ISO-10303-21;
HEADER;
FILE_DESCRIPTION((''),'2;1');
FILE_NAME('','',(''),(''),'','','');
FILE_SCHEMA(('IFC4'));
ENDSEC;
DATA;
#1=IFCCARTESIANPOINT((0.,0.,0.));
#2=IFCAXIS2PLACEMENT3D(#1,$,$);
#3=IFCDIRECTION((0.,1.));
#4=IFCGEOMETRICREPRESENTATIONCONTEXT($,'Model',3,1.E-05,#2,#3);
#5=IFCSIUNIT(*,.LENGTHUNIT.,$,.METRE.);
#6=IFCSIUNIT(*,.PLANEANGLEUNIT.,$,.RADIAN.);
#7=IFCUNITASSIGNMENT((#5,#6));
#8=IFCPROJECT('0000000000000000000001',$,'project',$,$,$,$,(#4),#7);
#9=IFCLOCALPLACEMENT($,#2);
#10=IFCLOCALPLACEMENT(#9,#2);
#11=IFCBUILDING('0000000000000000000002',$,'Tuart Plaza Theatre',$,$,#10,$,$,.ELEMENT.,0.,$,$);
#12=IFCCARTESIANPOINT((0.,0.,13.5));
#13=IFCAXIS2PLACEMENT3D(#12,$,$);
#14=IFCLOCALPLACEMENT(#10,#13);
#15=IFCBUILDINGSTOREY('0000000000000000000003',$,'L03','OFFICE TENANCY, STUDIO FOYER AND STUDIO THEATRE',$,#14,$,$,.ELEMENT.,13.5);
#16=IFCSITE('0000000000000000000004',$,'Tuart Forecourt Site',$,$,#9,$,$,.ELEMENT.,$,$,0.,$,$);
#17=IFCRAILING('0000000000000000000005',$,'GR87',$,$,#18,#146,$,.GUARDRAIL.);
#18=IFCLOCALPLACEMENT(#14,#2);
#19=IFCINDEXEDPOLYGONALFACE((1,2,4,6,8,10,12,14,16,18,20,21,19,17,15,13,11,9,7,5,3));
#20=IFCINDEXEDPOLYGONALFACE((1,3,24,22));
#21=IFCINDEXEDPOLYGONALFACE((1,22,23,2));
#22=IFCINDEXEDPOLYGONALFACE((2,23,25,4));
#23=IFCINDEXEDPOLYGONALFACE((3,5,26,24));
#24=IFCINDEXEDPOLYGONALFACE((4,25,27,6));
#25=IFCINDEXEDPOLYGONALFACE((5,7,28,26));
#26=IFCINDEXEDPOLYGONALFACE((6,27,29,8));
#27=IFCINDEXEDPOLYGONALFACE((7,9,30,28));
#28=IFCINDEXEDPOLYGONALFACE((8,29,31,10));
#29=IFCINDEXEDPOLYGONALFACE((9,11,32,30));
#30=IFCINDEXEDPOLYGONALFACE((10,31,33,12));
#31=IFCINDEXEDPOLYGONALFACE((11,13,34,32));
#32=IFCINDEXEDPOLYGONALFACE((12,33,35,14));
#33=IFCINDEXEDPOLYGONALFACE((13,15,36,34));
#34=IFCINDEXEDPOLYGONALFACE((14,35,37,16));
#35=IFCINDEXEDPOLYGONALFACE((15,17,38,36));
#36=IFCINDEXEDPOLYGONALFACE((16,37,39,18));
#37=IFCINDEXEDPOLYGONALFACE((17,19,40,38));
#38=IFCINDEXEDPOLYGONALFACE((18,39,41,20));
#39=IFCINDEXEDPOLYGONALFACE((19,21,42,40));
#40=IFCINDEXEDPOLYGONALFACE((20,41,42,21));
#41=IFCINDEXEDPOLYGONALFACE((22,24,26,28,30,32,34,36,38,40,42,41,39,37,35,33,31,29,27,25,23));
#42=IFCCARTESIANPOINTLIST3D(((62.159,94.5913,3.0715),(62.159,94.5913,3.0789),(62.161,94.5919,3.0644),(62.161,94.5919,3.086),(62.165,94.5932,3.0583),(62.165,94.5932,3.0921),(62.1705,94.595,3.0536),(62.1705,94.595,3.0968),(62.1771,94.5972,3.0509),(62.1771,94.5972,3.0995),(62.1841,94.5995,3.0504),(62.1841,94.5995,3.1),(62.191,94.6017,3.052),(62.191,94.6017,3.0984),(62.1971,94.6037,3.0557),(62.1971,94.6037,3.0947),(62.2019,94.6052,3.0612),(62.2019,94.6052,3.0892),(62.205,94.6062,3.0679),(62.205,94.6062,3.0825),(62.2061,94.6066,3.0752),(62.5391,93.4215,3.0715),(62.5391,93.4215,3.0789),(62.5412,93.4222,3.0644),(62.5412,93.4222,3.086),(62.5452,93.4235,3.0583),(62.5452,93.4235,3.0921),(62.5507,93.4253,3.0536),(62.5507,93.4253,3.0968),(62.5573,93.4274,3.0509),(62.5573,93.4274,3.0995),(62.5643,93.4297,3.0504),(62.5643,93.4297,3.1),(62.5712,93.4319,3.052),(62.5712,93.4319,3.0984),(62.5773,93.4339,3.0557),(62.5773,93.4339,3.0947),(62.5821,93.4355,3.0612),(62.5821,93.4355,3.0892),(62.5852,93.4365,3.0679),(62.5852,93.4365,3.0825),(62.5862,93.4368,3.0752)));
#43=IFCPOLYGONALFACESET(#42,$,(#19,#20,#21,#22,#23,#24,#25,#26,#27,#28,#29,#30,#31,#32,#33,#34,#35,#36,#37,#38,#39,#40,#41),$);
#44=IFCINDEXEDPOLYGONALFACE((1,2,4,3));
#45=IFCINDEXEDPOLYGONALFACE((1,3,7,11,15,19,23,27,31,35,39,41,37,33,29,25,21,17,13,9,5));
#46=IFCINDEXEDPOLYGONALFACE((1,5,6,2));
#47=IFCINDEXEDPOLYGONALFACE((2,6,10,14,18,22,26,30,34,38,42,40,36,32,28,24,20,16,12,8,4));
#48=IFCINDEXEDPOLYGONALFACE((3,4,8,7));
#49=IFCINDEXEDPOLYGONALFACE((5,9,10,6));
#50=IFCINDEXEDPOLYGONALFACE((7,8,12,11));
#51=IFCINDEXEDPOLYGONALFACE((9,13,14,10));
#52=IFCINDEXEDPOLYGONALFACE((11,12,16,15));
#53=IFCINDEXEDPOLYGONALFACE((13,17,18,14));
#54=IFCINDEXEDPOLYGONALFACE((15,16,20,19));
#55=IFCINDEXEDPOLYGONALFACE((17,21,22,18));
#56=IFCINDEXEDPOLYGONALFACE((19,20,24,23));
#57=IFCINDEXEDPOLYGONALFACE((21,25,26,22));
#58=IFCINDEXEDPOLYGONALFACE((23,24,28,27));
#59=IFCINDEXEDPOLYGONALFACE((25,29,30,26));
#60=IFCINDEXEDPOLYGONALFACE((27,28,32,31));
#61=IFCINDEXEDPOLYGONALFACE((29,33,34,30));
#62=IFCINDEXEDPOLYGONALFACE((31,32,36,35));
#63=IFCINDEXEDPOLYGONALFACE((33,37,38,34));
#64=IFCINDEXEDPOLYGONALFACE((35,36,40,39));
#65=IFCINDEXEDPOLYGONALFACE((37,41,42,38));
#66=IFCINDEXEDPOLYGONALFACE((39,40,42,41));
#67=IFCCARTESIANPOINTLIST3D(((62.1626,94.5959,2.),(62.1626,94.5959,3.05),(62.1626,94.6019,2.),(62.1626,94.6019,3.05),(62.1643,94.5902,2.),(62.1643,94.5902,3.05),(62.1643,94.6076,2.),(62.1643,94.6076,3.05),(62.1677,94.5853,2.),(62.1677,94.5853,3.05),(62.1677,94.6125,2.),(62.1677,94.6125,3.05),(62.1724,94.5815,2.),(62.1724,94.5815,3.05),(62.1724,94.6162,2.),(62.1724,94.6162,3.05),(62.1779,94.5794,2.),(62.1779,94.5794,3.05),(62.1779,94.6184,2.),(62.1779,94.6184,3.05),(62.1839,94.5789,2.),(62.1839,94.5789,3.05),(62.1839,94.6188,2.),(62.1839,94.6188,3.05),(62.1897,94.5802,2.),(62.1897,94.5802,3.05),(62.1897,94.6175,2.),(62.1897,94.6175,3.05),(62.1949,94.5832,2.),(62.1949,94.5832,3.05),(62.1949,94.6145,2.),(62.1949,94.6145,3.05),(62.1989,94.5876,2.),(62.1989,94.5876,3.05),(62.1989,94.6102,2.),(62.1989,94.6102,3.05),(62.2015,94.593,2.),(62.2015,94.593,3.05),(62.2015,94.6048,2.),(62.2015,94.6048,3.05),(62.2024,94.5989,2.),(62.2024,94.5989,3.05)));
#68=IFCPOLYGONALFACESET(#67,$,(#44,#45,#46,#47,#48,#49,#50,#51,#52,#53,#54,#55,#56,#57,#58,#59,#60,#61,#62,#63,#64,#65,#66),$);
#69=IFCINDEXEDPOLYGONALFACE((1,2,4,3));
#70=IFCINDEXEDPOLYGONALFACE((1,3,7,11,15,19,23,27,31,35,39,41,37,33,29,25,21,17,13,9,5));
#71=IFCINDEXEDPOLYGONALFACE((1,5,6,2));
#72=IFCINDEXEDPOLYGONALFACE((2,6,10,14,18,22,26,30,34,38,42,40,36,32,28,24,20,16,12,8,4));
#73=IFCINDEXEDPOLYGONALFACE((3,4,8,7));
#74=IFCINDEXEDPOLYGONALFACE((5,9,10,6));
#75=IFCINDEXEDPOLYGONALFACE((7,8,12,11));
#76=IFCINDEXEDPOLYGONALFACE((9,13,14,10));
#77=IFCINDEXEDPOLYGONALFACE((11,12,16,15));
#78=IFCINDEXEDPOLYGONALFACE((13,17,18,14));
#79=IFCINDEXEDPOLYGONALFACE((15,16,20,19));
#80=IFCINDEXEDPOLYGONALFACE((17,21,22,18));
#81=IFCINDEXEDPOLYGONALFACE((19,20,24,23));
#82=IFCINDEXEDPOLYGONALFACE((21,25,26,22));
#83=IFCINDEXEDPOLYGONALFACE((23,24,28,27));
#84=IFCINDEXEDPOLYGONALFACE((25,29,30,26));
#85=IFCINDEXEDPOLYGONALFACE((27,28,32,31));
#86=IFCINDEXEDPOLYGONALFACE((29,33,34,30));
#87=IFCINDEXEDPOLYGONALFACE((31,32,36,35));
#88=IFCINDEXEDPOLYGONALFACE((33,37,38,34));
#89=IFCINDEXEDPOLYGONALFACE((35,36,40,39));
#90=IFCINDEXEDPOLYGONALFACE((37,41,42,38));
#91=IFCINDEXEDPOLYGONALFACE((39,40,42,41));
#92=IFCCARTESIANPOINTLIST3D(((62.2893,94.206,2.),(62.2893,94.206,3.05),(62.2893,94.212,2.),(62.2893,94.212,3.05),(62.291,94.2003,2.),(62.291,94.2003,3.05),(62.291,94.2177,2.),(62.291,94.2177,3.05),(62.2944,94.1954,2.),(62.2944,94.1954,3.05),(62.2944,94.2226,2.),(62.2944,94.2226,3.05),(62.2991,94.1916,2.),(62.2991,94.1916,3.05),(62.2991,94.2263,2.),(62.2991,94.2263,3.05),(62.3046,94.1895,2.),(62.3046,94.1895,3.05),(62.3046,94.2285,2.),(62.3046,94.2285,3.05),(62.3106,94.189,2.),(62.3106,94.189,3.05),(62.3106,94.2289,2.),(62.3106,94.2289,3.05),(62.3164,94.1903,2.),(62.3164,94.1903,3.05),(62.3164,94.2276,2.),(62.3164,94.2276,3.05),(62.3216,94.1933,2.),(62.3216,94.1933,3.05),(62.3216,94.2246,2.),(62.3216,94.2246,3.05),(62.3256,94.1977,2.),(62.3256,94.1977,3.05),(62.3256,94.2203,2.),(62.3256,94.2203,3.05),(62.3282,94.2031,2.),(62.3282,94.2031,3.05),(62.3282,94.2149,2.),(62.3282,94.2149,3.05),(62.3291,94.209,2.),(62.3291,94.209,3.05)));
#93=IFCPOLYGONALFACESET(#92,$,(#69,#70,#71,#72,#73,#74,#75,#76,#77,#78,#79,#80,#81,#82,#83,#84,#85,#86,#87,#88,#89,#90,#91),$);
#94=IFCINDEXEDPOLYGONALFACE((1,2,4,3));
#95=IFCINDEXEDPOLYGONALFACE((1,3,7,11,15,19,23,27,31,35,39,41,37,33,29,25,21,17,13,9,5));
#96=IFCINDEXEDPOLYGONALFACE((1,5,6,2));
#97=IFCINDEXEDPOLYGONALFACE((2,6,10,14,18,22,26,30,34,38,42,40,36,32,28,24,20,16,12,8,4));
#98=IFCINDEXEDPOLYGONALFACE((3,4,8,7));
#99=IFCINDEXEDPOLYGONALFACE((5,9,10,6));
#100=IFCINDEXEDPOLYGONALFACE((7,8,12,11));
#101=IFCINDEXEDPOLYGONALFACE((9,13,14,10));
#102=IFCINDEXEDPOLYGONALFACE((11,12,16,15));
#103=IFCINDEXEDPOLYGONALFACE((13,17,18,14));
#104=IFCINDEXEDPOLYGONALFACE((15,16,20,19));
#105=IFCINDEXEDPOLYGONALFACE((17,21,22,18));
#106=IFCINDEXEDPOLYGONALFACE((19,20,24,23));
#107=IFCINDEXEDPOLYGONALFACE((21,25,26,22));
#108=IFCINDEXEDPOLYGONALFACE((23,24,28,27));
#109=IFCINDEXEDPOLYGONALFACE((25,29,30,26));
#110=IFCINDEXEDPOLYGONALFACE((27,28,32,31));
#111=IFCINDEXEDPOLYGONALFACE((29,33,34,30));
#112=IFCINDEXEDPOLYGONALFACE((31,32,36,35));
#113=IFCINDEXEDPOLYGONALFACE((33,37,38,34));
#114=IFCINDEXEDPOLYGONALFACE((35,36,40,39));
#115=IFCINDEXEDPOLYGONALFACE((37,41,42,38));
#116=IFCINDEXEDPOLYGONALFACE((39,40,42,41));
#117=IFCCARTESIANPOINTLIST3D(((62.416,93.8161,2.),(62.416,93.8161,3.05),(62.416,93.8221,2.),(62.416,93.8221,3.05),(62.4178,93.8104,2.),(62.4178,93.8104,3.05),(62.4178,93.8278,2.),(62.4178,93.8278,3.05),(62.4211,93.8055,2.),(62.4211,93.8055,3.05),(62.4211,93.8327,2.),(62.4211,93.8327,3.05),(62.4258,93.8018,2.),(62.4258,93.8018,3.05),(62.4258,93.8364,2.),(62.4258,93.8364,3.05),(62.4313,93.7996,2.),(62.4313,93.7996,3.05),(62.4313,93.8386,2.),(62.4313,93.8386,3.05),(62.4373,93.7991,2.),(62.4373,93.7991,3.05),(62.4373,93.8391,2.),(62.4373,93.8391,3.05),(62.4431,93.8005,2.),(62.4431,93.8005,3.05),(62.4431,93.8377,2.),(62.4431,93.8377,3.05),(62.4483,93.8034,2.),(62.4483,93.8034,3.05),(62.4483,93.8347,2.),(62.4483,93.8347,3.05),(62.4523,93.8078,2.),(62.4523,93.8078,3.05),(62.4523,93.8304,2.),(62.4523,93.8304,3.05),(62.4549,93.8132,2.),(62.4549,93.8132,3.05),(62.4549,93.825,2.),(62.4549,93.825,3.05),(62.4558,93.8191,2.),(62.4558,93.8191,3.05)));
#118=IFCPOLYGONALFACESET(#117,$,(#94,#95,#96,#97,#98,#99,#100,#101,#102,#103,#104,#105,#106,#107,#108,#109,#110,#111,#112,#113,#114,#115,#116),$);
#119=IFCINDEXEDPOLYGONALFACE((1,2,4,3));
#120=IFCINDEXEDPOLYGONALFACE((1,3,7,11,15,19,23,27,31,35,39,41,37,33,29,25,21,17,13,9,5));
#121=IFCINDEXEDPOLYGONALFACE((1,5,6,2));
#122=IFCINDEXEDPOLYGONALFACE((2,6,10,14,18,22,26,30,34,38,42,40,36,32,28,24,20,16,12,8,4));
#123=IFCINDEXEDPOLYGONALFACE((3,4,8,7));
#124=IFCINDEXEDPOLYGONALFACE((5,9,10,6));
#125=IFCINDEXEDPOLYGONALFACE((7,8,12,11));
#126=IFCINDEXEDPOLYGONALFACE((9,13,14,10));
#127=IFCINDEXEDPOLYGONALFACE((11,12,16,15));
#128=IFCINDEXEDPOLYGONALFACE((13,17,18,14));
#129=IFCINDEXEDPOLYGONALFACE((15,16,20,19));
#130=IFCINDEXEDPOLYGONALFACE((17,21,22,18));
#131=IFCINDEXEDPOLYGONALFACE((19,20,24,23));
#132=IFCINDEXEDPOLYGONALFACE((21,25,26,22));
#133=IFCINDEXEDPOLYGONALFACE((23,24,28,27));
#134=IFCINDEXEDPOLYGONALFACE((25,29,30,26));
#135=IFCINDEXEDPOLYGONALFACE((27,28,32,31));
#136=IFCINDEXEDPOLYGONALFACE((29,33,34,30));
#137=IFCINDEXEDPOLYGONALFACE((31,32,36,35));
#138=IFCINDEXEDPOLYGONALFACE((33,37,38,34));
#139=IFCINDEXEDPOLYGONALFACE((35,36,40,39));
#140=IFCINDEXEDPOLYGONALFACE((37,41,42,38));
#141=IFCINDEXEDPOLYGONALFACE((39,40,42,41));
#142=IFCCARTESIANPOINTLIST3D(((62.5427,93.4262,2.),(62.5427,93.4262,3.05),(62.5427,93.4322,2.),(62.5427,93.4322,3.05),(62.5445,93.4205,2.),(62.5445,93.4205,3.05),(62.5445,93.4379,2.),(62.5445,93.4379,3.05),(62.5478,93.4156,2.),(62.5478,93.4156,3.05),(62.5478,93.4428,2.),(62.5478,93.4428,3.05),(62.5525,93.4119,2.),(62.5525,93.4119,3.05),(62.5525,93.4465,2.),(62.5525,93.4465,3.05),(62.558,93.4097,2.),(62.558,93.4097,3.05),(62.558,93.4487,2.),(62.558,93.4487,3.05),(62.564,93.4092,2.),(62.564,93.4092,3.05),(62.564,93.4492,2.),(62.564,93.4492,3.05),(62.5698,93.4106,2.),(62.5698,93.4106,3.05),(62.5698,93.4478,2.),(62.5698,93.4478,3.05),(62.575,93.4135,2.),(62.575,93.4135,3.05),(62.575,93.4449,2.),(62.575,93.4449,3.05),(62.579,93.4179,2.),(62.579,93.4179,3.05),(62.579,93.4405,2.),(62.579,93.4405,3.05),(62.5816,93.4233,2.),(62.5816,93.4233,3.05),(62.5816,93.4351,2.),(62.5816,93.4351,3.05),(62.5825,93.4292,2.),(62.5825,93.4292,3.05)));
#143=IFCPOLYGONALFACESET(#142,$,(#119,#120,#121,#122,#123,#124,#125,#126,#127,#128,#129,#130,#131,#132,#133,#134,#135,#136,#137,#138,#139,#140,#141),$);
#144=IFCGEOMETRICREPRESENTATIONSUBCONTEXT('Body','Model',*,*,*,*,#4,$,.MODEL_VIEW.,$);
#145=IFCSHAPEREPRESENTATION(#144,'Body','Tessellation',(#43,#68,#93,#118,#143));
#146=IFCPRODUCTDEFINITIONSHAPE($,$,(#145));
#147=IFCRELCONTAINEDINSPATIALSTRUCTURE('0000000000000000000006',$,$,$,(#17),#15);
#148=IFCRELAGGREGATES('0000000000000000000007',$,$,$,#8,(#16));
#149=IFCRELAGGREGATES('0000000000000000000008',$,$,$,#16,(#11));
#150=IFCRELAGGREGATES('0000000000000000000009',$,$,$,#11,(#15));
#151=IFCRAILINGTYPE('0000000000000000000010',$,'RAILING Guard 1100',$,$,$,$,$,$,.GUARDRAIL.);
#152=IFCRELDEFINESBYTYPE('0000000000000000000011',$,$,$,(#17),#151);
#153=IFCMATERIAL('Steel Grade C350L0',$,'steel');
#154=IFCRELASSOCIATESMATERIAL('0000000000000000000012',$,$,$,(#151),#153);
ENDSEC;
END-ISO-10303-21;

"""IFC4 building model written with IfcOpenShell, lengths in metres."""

from ifc_helpers import new_model, si_unit, direction, frame, origin, origin_2d, place, context, subcontext, project, spatial, circle, extrude, material, type_object, element, save


model = new_model("IFC4")

# Units and contexts
model_context = context("Model", 3, precision=1e-05, world=origin(), true_north=direction((0.0, 1.0)))
body_context = subcontext(model_context, "Body", "Model", "MODEL_VIEW")
ifc_project = project(units=[si_unit("LENGTHUNIT", "METRE"), si_unit("PLANEANGLEUNIT", "RADIAN")], contexts=[model_context])

# Site, building, storey
site_placement = place(None, origin())
site = spatial("IfcSite", under=ifc_project, at=site_placement, Name="Tuart Forecourt Site", CompositionType="ELEMENT", RefElevation=0.0)
building_placement = place(site_placement, origin())
building = spatial("IfcBuilding", under=site, at=building_placement, Name="Tuart Plaza Theatre", CompositionType="ELEMENT", ElevationOfRefHeight=0.0)
storey_placement = place(building_placement, frame((0.0, 0.0, 13.5)))
storey = spatial("IfcBuildingStorey", under=building, at=storey_placement, Name="L03", Description="OFFICE TENANCY, STUDIO FOYER AND STUDIO THEATRE", CompositionType="ELEMENT", Elevation=13.5)

# Railing
ifc_material_1 = material(Name="Steel Grade C350L0", Category="steel")
railing_type_1 = type_object("IfcRailingType", Name="RAILING Guard 1100", PredefinedType="GUARDRAIL", material=ifc_material_1)
railing_1_placement = place(storey_placement, frame((62.1824, 94.5989, 2.0)))
element("IfcRailing", 1, at=railing_1_placement, inside=storey, type_object=railing_type_1, Name="GR87", PredefinedType="GUARDRAIL", context=body_context, shape_type="SweptSolid", body=[
    extrude(circle(Radius=0.0249, at=origin_2d()), frame((0.0, 0.0, 1.0752), z_axis=(0.309073, -0.951038, 0.0), x_axis=(0.951038, 0.309073, 0.0)), (0.0, 0.0, 1.0), 1.23),
    extrude(circle(Radius=0.02, at=origin_2d()), origin(), (0.0, 0.0, 1.0), 1.05),
    extrude(circle(Radius=0.02, at=origin_2d()), frame((0.1267, -0.3899, 0.0)), (0.0, 0.0, 1.0), 1.05),
    extrude(circle(Radius=0.02, at=origin_2d()), frame((0.2534, -0.7798, 0.0)), (0.0, 0.0, 1.0), 1.05),
    extrude(circle(Radius=0.02, at=origin_2d()), frame((0.3801, -1.1697, 0.0)), (0.0, 0.0, 1.0), 1.05),
])

save(model, "model.ifc")
